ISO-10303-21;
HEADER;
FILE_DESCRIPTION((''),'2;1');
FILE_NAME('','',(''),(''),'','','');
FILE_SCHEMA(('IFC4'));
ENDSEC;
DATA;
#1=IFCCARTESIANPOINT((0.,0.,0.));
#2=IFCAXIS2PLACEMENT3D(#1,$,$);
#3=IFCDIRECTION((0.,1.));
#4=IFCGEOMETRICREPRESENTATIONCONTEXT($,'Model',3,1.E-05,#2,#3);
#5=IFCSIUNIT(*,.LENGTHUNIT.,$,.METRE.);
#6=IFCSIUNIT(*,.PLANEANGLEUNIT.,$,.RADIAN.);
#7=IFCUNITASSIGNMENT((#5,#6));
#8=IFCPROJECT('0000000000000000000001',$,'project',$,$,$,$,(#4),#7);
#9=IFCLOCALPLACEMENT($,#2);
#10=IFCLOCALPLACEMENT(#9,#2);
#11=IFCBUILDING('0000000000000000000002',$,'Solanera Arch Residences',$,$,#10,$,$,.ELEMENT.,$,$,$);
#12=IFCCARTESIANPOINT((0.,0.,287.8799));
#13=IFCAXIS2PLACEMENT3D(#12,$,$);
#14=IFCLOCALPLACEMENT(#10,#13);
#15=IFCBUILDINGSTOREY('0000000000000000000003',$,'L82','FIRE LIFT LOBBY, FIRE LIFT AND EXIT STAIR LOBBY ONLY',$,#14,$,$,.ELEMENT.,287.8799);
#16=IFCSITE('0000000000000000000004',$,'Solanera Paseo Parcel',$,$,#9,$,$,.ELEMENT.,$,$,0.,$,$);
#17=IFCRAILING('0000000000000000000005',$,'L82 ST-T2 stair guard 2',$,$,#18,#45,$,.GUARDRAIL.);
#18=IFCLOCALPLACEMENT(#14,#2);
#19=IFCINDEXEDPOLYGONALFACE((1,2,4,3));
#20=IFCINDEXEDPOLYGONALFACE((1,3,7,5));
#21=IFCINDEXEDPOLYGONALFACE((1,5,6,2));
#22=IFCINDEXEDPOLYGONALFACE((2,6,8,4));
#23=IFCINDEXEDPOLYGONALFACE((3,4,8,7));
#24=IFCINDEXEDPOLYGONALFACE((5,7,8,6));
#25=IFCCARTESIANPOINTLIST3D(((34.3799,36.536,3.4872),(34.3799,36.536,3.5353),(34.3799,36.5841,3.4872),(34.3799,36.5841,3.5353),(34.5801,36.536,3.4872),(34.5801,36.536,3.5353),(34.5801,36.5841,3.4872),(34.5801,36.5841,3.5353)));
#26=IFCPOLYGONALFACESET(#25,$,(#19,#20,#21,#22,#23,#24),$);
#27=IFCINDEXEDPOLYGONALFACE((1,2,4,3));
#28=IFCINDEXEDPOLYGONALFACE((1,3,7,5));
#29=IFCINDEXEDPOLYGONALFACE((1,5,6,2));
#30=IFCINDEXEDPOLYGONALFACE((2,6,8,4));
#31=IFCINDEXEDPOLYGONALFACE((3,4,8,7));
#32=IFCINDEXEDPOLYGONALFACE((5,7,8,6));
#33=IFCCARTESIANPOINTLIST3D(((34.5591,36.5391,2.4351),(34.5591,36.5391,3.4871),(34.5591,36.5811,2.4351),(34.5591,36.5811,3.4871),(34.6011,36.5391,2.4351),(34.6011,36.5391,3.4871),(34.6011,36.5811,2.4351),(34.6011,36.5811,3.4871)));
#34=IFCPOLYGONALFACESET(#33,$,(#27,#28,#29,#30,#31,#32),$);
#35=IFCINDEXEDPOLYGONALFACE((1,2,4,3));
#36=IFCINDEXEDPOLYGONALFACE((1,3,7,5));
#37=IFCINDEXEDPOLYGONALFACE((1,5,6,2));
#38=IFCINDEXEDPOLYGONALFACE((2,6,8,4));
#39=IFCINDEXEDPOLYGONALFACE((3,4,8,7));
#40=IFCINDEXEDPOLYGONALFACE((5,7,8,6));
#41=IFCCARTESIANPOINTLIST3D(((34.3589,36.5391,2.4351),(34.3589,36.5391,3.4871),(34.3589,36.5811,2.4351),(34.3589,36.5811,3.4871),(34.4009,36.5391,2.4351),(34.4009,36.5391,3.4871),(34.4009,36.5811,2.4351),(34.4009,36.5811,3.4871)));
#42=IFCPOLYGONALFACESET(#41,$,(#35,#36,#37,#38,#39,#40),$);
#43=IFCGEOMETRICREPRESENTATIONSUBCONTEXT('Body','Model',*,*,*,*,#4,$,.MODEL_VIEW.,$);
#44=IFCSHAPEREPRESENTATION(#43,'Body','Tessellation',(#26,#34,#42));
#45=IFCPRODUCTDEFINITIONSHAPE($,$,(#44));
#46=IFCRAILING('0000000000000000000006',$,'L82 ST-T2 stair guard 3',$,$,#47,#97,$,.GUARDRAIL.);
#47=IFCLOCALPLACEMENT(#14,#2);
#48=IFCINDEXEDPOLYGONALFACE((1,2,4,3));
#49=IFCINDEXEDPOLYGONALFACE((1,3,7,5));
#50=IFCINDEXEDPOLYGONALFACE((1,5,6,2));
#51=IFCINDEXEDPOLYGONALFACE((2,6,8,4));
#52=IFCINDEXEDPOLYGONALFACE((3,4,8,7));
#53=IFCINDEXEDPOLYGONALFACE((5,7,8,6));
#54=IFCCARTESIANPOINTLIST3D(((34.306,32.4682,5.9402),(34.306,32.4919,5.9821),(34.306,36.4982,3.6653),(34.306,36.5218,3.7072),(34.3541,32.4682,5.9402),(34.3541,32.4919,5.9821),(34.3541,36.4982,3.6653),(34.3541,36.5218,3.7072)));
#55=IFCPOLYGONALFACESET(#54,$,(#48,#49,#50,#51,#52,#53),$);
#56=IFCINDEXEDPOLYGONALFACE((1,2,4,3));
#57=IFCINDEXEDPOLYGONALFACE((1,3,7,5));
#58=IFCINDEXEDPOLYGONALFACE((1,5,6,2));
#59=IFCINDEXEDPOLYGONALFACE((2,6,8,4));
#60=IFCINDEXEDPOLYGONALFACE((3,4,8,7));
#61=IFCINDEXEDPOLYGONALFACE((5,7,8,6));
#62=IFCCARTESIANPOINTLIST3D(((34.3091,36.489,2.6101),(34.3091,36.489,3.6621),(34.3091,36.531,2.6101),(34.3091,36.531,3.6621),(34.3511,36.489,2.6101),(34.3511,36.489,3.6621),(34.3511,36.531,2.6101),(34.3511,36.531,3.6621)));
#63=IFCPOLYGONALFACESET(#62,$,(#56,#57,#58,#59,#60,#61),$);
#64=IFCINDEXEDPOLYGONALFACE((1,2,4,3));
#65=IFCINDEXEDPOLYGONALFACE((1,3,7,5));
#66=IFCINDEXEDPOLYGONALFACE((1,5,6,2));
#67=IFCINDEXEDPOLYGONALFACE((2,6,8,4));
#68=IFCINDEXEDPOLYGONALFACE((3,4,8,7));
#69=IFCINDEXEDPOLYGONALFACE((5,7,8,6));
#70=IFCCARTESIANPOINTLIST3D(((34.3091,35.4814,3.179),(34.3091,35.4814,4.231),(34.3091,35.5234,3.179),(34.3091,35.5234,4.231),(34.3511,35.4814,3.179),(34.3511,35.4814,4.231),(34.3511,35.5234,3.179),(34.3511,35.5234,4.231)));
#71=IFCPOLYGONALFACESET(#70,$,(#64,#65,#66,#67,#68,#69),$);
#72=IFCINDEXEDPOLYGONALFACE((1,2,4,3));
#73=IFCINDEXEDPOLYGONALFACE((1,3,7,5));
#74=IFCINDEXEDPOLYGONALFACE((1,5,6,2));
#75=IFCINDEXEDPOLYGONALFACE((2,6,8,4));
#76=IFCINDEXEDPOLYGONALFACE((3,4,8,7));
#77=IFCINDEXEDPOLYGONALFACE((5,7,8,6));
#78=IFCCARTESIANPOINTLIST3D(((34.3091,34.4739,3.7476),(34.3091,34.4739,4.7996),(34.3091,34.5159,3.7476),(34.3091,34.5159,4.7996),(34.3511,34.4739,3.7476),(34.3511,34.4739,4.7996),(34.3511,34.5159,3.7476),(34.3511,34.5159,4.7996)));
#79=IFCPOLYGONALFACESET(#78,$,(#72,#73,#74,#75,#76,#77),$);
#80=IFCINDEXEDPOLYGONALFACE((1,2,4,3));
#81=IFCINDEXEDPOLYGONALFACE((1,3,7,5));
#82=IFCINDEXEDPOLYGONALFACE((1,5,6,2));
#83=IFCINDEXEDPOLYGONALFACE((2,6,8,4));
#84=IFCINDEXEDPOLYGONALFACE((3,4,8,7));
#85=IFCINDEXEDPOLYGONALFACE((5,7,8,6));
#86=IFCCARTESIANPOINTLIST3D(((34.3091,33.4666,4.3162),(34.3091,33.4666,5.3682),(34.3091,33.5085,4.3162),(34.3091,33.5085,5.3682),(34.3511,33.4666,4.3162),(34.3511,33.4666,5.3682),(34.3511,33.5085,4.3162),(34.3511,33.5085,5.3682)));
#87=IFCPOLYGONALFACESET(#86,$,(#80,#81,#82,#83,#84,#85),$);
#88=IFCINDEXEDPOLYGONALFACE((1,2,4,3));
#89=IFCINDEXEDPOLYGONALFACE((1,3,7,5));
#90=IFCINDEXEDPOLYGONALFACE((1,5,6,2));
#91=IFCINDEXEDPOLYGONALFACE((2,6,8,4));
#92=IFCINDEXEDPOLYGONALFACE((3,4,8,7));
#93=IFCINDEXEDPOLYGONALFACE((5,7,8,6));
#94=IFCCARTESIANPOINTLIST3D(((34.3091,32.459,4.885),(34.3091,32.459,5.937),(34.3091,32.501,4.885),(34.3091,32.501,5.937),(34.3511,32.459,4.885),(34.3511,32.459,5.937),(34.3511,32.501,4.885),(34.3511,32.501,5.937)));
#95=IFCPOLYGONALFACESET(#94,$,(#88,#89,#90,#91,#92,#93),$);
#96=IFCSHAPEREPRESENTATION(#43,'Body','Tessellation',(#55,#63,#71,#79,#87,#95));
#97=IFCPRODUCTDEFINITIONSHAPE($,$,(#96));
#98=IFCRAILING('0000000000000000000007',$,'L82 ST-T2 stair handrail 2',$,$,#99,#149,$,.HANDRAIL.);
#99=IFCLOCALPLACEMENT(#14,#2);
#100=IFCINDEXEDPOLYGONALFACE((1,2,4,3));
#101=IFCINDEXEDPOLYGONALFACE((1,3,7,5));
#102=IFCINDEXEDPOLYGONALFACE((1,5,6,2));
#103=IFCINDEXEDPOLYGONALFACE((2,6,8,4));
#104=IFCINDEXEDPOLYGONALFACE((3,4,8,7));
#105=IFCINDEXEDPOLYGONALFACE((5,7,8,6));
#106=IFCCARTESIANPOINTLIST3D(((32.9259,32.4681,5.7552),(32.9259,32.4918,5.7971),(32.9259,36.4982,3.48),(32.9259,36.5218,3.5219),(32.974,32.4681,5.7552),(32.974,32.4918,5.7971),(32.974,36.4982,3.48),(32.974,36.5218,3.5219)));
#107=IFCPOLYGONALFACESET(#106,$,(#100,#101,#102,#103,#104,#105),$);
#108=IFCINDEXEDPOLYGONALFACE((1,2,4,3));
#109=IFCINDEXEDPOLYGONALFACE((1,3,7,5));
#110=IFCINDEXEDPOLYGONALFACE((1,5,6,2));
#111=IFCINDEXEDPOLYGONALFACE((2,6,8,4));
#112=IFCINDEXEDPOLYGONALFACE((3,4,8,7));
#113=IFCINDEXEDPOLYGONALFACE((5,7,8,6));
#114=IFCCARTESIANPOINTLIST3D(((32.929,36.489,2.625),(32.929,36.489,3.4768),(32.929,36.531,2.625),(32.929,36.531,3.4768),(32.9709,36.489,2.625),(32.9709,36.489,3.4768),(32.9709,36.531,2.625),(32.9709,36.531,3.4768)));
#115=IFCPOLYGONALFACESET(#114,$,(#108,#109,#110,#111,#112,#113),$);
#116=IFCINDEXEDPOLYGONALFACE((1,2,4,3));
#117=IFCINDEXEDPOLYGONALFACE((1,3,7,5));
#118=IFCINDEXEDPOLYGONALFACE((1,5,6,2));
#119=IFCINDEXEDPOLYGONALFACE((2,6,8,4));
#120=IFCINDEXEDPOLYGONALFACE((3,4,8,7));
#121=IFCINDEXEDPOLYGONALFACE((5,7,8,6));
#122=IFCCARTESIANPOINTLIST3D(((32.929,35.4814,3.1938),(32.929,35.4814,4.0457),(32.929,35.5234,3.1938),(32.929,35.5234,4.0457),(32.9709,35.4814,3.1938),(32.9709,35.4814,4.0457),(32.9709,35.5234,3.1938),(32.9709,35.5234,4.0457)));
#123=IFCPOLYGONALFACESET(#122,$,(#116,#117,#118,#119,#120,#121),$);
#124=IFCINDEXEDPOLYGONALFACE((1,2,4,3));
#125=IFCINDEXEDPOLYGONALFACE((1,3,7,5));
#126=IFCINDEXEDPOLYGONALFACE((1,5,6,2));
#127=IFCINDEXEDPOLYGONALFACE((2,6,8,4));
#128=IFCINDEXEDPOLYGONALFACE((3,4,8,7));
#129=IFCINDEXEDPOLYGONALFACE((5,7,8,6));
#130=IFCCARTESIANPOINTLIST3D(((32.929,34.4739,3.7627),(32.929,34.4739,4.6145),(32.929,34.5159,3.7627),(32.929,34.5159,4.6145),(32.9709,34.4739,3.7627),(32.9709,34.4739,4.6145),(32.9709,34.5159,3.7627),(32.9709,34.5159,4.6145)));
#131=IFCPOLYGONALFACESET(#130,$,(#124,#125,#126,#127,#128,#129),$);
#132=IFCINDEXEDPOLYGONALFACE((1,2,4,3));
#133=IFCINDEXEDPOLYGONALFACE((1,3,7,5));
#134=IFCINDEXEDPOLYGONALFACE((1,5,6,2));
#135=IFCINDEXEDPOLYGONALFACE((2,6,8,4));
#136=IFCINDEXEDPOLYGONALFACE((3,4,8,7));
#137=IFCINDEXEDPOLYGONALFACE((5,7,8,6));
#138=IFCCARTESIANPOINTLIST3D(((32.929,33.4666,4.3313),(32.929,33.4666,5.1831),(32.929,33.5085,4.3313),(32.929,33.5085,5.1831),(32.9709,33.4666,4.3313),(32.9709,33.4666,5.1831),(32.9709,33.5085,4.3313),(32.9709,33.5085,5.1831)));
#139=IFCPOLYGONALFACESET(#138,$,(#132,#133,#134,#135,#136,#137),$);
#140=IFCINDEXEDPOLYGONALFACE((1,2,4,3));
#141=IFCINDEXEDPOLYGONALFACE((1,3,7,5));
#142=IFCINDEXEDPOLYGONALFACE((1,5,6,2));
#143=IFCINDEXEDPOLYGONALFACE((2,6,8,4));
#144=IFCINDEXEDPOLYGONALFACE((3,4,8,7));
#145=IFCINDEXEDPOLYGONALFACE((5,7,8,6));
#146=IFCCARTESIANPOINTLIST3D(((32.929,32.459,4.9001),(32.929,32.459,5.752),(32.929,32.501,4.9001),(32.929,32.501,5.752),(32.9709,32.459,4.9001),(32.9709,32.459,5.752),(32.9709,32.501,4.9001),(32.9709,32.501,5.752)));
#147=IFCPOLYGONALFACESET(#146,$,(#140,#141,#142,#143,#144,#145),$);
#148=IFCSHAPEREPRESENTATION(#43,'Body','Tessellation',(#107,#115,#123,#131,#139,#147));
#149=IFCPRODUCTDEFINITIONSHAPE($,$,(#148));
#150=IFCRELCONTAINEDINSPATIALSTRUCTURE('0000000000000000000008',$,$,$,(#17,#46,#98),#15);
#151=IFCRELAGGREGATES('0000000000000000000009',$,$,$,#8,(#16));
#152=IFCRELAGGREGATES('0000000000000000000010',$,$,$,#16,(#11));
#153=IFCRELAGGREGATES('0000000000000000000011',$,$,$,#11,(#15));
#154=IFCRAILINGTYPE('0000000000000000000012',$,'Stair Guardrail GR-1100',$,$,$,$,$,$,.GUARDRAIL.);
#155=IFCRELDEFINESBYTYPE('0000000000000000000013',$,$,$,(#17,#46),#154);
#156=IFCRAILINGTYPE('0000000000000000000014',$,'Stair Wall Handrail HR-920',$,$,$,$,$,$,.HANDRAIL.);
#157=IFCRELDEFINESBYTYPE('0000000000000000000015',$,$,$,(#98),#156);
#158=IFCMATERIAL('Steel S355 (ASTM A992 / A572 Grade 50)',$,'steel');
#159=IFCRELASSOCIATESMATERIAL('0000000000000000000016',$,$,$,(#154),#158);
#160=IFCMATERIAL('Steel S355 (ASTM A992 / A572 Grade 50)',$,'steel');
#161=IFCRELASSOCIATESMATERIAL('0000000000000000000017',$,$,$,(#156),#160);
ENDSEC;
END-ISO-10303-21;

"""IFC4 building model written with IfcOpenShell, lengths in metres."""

from ifc_helpers import new_model, si_unit, direction, frame, origin, origin_2d, place, context, subcontext, project, spatial, rectangle, extrude, material, type_object, element, save


model = new_model("IFC4")

# Units and contexts
model_context = context("Model", 3, precision=1e-05, world=origin(), true_north=direction((0.0, 1.0)))
body_context = subcontext(model_context, "Body", "Model", "MODEL_VIEW")
ifc_project = project(units=[si_unit("LENGTHUNIT", "METRE"), si_unit("PLANEANGLEUNIT", "RADIAN")], contexts=[model_context])

# Site, building, storey
site_placement = place(None, origin())
site = spatial("IfcSite", under=ifc_project, at=site_placement, Name="Solanera Paseo Parcel", CompositionType="ELEMENT", RefElevation=0.0)
building_placement = place(site_placement, origin())
building = spatial("IfcBuilding", under=site, at=building_placement, Name="Solanera Arch Residences", CompositionType="ELEMENT")
storey_placement = place(building_placement, frame((0.0, 0.0, 287.8799)))
storey = spatial("IfcBuildingStorey", under=building, at=storey_placement, Name="L82", Description="FIRE LIFT LOBBY, FIRE LIFT AND EXIT STAIR LOBBY ONLY", CompositionType="ELEMENT", Elevation=287.8799)

# Railings
ifc_material_1 = material(Name="Steel S355 (ASTM A992 / A572 Grade 50)", Category="steel")
railing_type_1 = type_object("IfcRailingType", Name="Stair Guardrail GR-1100", PredefinedType="GUARDRAIL", material=ifc_material_1)
railing_1_placement = place(storey_placement, frame((34.5801, 36.5601, 2.4351)))
element("IfcRailing", 1, at=railing_1_placement, inside=storey, type_object=railing_type_1, Name="L82 ST-T2 stair guard 2", PredefinedType="GUARDRAIL", context=body_context, shape_type="SweptSolid", body=[
    extrude(rectangle(XDim=0.0481, YDim=0.0481, at=origin_2d()), frame((0.0, 0.0, 1.0762), z_axis=(-1.0, 0.0, 0.0), x_axis=(0.0, -1.0, 0.0)), (0.0, 0.0, 1.0), 0.2002),
    extrude(rectangle(XDim=0.042, YDim=0.042, at=origin_2d()), origin(), (0.0, 0.0, 1.0), 1.052),
    extrude(rectangle(XDim=0.042, YDim=0.042, at=origin_2d()), frame((-0.2002, 0.0, 0.0)), (0.0, 0.0, 1.0), 1.052),
])
railing_2_placement = place(storey_placement, frame((34.3301, 36.51, 2.6101)))
element("IfcRailing", 2, at=railing_2_placement, inside=storey, type_object=railing_type_1, Name="L82 ST-T2 stair guard 3", PredefinedType="GUARDRAIL", context=body_context, shape_type="SweptSolid", body=[
    extrude(rectangle(XDim=0.0481, YDim=0.0481, at=origin_2d()), frame((0.0, 0.0, 1.0762), z_axis=(0.0, -0.870835, 0.491576), x_axis=(1.0, 0.0, 0.0)), (0.0, 0.0, 1.0), 4.6277),
    extrude(rectangle(XDim=0.042, YDim=0.042, at=origin_2d()), origin(), (0.0, 0.0, 1.0), 1.052),
    extrude(rectangle(XDim=0.042, YDim=0.042, at=origin_2d()), frame((0.0, -1.0076, 0.5688)), (0.0, 0.0, 1.0), 1.052),
    extrude(rectangle(XDim=0.042, YDim=0.042, at=origin_2d()), frame((0.0, -2.0151, 1.1375)), (0.0, 0.0, 1.0), 1.052),
    extrude(rectangle(XDim=0.042, YDim=0.042, at=origin_2d()), frame((0.0, -3.0225, 1.7061)), (0.0, 0.0, 1.0), 1.052),
    extrude(rectangle(XDim=0.042, YDim=0.042, at=origin_2d()), frame((0.0, -4.03, 2.2749)), (0.0, 0.0, 1.0), 1.052),
])
ifc_material_2 = material(Name="Steel S355 (ASTM A992 / A572 Grade 50)", Category="steel")
railing_type_2 = type_object("IfcRailingType", Name="Stair Wall Handrail HR-920", PredefinedType="HANDRAIL", material=ifc_material_2)
railing_3_placement = place(storey_placement, frame((32.95, 36.51, 2.625)))
element("IfcRailing", 3, at=railing_3_placement, inside=storey, type_object=railing_type_2, Name="L82 ST-T2 stair handrail 2", PredefinedType="HANDRAIL", context=body_context, shape_type="SweptSolid", body=[
    extrude(rectangle(XDim=0.0481, YDim=0.0481, at=origin_2d()), frame((0.0, 0.0, 0.876), z_axis=(0.0, -0.870812, 0.491616), x_axis=(1.0, 0.0, 0.0)), (0.0, 0.0, 1.0), 4.6279),
    extrude(rectangle(XDim=0.042, YDim=0.042, at=origin_2d()), origin(), (0.0, 0.0, 1.0), 0.8518),
    extrude(rectangle(XDim=0.042, YDim=0.042, at=origin_2d()), frame((0.0, -1.0076, 0.5688)), (0.0, 0.0, 1.0), 0.8518),
    extrude(rectangle(XDim=0.042, YDim=0.042, at=origin_2d()), frame((0.0, -2.0151, 1.1377)), (0.0, 0.0, 1.0), 0.8518),
    extrude(rectangle(XDim=0.042, YDim=0.042, at=origin_2d()), frame((0.0, -3.0225, 1.7063)), (0.0, 0.0, 1.0), 0.8518),
    extrude(rectangle(XDim=0.042, YDim=0.042, at=origin_2d()), frame((0.0, -4.03, 2.2751)), (0.0, 0.0, 1.0), 0.8518),
])

save(model, "model.ifc")
